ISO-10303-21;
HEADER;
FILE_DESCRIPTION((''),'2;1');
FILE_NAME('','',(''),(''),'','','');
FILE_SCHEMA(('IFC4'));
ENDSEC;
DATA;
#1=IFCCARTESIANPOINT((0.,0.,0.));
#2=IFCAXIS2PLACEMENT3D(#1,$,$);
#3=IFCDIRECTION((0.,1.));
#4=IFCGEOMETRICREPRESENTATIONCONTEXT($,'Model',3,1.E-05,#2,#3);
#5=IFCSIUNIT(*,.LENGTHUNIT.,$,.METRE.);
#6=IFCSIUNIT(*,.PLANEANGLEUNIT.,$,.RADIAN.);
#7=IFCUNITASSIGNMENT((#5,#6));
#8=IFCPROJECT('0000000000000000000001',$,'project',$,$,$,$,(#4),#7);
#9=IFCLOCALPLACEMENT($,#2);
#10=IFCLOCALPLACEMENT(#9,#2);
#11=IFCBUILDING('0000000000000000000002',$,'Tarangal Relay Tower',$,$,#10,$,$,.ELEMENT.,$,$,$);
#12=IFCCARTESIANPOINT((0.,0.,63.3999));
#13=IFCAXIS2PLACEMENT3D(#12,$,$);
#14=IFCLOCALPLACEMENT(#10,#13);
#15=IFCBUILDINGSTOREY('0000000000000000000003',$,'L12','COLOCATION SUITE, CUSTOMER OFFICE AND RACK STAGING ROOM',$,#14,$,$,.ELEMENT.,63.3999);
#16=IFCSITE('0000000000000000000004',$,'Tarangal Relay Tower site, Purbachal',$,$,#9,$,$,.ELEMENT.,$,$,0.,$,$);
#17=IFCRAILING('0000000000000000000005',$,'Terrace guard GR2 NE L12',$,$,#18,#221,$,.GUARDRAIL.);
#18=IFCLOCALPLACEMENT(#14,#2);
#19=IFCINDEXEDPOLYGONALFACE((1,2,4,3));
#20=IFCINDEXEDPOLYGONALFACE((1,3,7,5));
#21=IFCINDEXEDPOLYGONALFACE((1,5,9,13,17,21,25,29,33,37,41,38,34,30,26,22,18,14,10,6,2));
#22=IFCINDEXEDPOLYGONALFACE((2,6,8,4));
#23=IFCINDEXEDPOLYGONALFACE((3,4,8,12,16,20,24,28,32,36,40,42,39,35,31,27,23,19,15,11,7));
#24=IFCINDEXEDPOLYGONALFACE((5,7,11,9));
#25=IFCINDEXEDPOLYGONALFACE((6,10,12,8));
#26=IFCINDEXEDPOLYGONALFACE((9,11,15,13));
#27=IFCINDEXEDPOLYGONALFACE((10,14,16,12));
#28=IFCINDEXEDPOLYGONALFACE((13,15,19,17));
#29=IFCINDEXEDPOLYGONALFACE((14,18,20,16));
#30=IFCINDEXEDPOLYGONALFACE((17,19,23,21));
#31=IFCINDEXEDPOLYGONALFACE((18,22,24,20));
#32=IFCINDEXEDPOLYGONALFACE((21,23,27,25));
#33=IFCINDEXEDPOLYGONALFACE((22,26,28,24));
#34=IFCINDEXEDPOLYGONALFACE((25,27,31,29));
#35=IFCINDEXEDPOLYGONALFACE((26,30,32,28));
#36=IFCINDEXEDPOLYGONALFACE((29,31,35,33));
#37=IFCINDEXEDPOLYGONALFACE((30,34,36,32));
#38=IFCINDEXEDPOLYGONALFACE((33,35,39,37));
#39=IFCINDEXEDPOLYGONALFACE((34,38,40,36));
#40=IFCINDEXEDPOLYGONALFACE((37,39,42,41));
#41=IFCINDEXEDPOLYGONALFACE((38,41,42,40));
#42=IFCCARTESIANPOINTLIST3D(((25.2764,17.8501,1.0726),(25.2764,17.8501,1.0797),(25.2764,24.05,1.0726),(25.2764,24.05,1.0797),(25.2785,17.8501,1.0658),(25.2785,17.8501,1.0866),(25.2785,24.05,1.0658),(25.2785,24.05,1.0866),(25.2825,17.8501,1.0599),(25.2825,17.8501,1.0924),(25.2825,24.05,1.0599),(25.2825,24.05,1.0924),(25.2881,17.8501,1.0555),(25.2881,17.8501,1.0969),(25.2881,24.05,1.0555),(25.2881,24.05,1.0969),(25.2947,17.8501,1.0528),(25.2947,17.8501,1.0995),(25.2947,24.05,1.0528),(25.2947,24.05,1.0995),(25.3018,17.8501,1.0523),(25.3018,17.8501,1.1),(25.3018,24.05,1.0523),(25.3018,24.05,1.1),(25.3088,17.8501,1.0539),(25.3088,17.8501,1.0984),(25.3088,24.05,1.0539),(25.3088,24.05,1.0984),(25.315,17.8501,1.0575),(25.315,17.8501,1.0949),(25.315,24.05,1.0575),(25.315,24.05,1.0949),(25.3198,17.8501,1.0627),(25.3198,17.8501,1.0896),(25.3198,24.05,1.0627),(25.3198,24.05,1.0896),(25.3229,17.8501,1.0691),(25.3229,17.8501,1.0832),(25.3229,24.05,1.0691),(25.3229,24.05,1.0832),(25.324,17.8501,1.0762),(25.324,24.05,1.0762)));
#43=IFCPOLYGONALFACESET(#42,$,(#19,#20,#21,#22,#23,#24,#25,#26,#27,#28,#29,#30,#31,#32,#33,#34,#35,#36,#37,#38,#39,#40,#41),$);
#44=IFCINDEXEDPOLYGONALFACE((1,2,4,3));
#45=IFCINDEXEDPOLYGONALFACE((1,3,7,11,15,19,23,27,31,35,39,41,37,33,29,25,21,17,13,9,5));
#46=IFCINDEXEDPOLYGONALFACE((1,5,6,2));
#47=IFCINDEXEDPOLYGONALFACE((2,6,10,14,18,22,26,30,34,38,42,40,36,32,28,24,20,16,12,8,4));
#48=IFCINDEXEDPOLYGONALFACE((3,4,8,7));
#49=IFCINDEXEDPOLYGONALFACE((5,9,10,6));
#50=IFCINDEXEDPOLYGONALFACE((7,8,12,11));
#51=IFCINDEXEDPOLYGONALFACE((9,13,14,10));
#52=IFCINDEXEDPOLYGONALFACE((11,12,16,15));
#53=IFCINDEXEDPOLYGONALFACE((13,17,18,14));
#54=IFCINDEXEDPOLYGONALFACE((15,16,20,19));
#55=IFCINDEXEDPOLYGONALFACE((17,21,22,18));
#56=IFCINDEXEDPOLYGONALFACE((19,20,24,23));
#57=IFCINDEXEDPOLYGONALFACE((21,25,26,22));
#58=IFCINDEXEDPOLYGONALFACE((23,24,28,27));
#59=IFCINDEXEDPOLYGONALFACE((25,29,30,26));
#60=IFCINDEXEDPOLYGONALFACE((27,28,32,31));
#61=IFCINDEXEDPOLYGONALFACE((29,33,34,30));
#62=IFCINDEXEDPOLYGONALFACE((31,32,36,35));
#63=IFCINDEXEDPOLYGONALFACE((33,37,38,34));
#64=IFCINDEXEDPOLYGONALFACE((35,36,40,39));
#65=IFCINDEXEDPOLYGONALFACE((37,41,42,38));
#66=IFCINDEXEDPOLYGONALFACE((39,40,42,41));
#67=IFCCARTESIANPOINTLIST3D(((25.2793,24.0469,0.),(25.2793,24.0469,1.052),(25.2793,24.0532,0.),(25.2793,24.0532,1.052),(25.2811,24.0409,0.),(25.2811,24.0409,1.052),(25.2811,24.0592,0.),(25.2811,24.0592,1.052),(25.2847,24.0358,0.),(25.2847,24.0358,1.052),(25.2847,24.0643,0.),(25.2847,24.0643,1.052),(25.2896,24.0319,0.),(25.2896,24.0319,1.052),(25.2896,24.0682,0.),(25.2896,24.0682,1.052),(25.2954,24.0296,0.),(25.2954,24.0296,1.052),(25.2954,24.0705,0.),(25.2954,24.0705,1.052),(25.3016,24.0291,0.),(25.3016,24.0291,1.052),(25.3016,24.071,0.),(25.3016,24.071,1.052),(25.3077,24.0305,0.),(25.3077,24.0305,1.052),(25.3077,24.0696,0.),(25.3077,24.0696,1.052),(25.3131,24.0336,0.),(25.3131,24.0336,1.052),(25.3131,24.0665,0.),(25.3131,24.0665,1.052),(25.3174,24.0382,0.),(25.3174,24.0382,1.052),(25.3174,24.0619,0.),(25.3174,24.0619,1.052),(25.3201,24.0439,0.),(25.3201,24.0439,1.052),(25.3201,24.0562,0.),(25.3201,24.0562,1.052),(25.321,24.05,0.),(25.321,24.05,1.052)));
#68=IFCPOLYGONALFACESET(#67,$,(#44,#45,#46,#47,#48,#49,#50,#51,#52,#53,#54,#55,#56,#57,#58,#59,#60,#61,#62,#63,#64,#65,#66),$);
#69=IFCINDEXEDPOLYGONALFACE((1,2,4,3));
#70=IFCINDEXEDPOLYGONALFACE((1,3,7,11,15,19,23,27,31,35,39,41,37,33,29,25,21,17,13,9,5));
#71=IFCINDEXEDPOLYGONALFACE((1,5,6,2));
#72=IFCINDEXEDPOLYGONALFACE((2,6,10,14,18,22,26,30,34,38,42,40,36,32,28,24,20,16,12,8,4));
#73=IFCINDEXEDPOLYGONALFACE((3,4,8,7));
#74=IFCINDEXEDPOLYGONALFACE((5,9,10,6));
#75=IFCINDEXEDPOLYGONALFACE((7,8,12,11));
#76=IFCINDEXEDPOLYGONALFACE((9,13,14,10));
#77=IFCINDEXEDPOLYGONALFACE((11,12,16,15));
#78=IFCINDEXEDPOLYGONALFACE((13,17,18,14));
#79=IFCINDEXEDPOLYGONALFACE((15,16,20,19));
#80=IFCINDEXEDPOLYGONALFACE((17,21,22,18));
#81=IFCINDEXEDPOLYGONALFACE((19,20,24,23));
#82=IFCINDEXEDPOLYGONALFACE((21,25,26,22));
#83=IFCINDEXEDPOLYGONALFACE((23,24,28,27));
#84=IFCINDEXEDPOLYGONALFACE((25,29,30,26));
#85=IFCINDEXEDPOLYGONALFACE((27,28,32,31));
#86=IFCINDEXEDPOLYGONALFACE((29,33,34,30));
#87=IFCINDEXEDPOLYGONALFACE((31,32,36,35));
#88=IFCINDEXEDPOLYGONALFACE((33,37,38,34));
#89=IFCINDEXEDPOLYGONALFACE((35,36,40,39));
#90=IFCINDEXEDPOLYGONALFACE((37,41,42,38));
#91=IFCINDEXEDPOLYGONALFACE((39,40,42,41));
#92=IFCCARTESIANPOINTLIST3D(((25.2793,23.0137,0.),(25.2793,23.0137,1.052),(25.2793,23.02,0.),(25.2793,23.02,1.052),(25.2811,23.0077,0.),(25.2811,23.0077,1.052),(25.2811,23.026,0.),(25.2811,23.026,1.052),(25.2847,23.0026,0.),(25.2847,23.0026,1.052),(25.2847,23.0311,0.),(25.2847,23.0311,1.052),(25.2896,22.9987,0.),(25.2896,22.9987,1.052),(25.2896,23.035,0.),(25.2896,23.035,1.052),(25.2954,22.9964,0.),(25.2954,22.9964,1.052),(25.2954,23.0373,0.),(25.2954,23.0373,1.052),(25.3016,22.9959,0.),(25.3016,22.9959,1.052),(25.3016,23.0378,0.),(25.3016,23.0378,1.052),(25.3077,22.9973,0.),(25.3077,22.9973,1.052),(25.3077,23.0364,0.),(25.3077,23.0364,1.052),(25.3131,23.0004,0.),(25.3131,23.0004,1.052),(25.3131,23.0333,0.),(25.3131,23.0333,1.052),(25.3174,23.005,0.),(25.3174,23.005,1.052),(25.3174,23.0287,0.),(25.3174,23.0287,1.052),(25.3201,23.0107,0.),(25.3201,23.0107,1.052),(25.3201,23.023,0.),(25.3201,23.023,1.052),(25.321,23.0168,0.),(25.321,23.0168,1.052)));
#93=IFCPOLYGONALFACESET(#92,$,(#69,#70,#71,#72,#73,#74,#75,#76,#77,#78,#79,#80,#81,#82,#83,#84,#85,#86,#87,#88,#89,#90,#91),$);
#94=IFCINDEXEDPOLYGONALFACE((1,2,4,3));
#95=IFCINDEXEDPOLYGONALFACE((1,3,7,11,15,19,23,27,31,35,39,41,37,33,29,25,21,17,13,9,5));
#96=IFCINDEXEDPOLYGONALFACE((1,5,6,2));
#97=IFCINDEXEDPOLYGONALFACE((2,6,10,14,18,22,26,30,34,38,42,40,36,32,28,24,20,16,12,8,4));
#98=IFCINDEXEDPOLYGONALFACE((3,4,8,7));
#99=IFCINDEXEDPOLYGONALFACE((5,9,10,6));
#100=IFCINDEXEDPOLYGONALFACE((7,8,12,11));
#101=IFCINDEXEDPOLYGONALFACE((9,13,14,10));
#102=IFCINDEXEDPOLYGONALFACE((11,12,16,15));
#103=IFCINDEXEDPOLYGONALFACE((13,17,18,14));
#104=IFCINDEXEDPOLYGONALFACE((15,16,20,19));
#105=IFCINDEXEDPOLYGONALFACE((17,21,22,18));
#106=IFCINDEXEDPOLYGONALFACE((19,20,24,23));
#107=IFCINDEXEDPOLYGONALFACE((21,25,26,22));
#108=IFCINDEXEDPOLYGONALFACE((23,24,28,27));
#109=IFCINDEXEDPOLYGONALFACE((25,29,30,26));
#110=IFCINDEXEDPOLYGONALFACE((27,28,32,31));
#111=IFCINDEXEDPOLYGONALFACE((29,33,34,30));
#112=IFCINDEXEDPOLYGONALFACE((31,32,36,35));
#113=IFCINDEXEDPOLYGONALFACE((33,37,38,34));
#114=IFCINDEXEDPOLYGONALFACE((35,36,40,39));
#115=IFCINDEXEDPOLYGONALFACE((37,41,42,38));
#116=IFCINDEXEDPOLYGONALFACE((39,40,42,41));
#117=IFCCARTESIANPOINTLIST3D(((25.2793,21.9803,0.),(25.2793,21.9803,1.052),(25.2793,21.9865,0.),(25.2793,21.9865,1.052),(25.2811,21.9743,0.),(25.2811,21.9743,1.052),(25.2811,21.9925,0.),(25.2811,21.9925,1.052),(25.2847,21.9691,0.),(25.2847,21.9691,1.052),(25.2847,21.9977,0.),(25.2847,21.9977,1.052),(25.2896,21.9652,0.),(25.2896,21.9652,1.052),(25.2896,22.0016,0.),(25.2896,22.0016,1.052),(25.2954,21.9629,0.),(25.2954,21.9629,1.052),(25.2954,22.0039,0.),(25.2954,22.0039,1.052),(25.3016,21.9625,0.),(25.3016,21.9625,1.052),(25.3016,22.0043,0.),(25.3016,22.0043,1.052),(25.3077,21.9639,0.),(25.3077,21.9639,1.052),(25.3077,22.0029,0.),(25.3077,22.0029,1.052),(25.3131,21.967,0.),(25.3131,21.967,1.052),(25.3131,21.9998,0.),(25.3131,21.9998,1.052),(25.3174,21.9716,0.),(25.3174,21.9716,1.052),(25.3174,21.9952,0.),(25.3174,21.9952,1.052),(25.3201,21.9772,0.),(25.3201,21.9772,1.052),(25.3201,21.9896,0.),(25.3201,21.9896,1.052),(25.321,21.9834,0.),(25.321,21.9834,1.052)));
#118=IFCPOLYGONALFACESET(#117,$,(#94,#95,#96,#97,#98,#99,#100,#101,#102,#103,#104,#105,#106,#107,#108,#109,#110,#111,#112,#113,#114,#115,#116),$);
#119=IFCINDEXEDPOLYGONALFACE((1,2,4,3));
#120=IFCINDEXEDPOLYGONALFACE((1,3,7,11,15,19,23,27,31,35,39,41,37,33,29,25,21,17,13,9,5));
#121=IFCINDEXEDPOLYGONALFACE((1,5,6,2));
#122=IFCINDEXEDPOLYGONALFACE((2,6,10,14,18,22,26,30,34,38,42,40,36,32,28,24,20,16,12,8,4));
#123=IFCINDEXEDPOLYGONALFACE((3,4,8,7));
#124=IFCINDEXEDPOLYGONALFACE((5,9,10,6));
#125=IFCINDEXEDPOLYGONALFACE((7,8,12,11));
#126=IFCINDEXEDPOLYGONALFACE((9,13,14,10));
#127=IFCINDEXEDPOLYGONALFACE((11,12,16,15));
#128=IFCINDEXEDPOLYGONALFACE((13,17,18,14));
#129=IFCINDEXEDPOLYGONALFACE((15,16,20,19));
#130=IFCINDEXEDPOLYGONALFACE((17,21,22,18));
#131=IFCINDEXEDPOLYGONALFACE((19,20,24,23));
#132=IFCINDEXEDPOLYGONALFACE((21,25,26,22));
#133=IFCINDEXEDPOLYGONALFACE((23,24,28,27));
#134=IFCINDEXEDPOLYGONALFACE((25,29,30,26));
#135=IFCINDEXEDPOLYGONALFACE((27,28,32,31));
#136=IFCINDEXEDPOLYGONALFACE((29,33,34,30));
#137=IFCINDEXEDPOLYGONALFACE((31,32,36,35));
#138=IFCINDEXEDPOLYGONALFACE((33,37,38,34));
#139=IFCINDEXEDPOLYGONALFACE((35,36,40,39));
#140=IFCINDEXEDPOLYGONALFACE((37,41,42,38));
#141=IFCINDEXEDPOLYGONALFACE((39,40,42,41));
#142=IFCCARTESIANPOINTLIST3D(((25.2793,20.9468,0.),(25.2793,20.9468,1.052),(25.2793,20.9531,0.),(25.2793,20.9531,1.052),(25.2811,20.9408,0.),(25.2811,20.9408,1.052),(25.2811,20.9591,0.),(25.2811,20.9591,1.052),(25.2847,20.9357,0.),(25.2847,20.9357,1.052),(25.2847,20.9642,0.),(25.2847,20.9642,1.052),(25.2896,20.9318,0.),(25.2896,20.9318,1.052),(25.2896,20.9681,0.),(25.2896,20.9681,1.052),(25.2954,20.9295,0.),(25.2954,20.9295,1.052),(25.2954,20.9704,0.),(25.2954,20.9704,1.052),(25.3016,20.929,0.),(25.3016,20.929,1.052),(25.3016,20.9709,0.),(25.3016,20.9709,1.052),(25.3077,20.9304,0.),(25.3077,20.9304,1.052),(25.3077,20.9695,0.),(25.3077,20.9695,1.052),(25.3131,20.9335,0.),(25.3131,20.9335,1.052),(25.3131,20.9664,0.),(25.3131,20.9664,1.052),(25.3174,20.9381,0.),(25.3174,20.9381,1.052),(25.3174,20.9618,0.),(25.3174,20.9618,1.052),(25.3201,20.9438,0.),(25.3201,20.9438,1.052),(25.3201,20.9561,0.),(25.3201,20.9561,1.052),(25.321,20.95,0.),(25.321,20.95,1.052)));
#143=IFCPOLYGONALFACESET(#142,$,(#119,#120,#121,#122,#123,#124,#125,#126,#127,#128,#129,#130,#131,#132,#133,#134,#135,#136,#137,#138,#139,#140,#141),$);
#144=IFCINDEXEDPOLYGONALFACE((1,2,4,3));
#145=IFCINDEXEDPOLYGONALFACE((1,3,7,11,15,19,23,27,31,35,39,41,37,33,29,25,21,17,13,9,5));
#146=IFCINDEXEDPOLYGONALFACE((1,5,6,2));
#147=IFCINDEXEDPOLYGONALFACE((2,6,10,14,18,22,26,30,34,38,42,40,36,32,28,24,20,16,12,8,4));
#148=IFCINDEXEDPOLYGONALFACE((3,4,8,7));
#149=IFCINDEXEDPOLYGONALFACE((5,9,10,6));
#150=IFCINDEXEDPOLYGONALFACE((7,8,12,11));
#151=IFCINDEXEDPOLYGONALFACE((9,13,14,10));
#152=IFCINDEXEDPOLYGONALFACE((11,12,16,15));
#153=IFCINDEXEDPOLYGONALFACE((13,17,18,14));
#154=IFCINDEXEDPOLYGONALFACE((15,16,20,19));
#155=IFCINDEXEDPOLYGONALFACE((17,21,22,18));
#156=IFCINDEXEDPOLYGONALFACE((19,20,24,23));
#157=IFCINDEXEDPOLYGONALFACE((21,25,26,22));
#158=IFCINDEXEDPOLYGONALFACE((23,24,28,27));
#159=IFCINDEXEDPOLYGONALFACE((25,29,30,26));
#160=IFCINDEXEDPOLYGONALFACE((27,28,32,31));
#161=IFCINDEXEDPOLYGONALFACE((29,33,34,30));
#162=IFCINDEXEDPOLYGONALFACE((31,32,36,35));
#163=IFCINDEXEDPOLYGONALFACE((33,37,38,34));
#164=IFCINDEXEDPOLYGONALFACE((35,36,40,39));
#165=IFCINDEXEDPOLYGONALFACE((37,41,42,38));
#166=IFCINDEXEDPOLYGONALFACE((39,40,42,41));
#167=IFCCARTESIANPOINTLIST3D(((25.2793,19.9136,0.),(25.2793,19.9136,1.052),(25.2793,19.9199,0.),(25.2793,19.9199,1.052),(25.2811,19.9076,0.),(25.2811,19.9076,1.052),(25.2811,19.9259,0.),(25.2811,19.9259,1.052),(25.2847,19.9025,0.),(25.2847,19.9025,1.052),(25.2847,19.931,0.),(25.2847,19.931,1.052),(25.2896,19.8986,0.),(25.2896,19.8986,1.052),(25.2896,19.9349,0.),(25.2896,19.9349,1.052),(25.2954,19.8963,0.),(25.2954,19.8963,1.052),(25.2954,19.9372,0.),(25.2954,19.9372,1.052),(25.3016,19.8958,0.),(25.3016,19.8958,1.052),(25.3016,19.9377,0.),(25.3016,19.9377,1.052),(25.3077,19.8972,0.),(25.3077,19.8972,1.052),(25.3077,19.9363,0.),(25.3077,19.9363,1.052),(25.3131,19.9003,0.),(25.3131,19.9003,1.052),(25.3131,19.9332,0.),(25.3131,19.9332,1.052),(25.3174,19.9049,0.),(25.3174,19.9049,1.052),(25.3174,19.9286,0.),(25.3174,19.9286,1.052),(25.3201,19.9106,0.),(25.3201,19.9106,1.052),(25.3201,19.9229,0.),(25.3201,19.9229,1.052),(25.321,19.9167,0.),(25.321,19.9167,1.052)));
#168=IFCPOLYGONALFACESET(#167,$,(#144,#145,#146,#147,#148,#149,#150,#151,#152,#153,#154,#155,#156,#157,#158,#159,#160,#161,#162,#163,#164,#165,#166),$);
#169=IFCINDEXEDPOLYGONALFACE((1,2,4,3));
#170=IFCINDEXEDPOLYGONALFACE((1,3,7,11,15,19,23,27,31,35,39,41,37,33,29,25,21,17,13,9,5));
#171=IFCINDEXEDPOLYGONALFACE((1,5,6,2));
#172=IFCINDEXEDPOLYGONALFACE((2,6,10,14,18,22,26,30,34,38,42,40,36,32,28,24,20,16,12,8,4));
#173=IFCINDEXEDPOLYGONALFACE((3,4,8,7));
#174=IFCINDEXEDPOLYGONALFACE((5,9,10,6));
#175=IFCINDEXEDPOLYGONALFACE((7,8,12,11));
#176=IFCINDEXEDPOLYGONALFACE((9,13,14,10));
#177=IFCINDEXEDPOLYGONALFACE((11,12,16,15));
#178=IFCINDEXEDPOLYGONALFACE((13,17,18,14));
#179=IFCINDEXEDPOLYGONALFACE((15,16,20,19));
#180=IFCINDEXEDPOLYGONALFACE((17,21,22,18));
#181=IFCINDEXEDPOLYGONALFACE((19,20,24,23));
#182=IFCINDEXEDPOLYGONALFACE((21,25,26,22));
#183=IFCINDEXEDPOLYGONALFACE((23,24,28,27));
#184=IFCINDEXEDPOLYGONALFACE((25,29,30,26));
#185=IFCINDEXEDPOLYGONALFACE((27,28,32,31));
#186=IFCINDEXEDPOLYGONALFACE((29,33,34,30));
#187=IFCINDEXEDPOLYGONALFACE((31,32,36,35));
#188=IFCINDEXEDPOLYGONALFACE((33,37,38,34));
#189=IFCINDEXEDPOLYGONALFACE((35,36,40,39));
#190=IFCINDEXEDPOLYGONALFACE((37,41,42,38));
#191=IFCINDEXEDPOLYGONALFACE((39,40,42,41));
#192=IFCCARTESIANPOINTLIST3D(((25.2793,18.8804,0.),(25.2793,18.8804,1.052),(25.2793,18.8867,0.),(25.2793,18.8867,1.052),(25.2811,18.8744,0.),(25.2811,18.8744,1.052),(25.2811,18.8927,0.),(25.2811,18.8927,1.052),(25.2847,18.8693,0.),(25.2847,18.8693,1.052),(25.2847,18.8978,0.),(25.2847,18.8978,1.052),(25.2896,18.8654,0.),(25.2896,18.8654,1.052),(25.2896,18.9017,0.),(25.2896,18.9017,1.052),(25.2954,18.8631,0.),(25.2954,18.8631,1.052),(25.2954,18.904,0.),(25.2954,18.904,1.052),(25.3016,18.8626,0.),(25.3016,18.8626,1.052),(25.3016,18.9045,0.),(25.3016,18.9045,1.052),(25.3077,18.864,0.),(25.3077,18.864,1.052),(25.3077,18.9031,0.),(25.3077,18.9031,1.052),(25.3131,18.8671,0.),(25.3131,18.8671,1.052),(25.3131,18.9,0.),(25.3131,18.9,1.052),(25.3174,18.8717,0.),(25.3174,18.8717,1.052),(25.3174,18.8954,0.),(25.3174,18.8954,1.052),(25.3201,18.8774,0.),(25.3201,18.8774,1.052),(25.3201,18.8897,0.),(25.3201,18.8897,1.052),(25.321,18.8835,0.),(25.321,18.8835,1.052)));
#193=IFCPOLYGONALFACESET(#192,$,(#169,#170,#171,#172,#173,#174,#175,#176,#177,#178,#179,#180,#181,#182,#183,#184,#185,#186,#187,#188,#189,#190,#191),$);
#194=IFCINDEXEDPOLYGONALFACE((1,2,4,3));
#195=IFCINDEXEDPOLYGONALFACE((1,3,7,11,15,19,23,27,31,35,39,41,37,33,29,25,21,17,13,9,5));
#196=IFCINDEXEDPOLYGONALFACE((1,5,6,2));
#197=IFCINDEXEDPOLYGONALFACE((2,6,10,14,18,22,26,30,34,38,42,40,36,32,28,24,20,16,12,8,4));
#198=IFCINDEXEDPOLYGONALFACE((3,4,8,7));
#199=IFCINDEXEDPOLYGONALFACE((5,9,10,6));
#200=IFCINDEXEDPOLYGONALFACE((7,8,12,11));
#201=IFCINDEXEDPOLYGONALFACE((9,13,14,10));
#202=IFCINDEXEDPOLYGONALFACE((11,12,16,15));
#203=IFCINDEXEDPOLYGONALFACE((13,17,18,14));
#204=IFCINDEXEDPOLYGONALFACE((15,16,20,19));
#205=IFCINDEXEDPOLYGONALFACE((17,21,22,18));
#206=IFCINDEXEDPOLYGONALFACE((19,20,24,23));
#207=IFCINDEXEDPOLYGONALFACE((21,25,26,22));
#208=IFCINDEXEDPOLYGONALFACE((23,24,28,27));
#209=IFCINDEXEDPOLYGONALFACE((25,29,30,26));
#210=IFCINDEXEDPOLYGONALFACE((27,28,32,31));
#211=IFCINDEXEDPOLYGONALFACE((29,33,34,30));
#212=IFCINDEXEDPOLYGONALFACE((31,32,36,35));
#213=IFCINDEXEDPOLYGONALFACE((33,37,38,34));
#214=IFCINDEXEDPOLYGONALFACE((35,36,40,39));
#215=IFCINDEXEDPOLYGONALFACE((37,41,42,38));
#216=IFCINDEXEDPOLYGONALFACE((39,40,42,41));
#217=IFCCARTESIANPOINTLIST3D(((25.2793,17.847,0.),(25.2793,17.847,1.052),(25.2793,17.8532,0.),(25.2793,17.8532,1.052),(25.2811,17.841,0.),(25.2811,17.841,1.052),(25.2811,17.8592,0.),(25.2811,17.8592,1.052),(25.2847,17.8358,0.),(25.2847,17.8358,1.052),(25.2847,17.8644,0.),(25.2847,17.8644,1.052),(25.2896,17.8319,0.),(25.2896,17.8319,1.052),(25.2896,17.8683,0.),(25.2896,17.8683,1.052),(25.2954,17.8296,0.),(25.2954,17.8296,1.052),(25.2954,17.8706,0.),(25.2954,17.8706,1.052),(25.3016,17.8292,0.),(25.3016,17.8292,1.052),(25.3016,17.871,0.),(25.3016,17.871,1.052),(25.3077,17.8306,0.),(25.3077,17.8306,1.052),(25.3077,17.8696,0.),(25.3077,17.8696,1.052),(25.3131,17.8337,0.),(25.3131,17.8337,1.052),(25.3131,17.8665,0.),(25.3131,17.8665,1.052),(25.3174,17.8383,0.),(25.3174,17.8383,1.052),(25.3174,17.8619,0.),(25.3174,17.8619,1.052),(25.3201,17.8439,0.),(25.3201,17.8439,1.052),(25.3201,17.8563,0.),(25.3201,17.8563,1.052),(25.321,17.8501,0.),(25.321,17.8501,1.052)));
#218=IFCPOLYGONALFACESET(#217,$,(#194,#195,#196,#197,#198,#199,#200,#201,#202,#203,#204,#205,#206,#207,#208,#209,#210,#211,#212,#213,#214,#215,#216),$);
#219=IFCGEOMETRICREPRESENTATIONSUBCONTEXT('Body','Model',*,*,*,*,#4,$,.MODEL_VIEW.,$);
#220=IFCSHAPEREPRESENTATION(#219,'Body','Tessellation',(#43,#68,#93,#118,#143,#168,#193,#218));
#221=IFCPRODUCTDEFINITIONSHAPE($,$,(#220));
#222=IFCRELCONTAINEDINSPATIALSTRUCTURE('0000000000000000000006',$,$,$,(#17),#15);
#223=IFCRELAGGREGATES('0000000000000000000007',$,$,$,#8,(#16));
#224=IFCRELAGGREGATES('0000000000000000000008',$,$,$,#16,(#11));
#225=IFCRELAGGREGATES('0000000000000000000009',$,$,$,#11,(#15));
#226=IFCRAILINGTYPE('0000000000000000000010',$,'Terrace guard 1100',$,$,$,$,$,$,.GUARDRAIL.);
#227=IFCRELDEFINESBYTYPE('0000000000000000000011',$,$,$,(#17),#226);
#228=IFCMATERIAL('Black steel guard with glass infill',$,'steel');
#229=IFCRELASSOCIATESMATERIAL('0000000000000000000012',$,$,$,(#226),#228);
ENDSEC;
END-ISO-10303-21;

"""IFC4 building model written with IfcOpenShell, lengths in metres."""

from ifc_helpers import new_model, si_unit, direction, frame, origin, origin_2d, place, context, subcontext, project, spatial, circle, extrude, material, type_object, element, save


model = new_model("IFC4")

# Units and contexts
model_context = context("Model", 3, precision=1e-05, world=origin(), true_north=direction((0.0, 1.0)))
body_context = subcontext(model_context, "Body", "Model", "MODEL_VIEW")
ifc_project = project(units=[si_unit("LENGTHUNIT", "METRE"), si_unit("PLANEANGLEUNIT", "RADIAN")], contexts=[model_context])

# Site, building, storey
site_placement = place(None, origin())
site = spatial("IfcSite", under=ifc_project, at=site_placement, Name="Tarangal Relay Tower site, Purbachal", CompositionType="ELEMENT", RefElevation=0.0)
building_placement = place(site_placement, origin())
building = spatial("IfcBuilding", under=site, at=building_placement, Name="Tarangal Relay Tower", CompositionType="ELEMENT")
storey_placement = place(building_placement, frame((0.0, 0.0, 63.3999)))
storey = spatial("IfcBuildingStorey", under=building, at=storey_placement, Name="L12", Description="COLOCATION SUITE, CUSTOMER OFFICE AND RACK STAGING ROOM", CompositionType="ELEMENT", Elevation=63.3999)

# Railing
ifc_material_1 = material(Name="Black steel guard with glass infill", Category="steel")
railing_type_1 = type_object("IfcRailingType", Name="Terrace guard 1100", PredefinedType="GUARDRAIL", material=ifc_material_1)
railing_1_placement = place(storey_placement, frame((25.3, 24.05, 0.0)))
element("IfcRailing", 1, at=railing_1_placement, inside=storey, type_object=railing_type_1, Name="Terrace guard GR2 NE L12", PredefinedType="GUARDRAIL", context=body_context, shape_type="SweptSolid", body=[
    extrude(circle(Radius=0.0239, at=origin_2d()), frame((0.0, 0.0, 1.0762), z_axis=(0.0, -1.0, 0.0), x_axis=(1.0, 0.0, 0.0)), (0.0, 0.0, 1.0), 6.2),
    extrude(circle(Radius=0.021, at=origin_2d()), origin(), (0.0, 0.0, 1.0), 1.052),
    extrude(circle(Radius=0.021, at=origin_2d()), frame((0.0, -1.0332, 0.0)), (0.0, 0.0, 1.0), 1.052),
    extrude(circle(Radius=0.021, at=origin_2d()), frame((0.0, -2.0667, 0.0)), (0.0, 0.0, 1.0), 1.052),
    extrude(circle(Radius=0.021, at=origin_2d()), frame((0.0, -3.1001, 0.0)), (0.0, 0.0, 1.0), 1.052),
    extrude(circle(Radius=0.021, at=origin_2d()), frame((0.0, -4.1333, 0.0)), (0.0, 0.0, 1.0), 1.052),
    extrude(circle(Radius=0.021, at=origin_2d()), frame((0.0, -5.1665, 0.0)), (0.0, 0.0, 1.0), 1.052),
    extrude(circle(Radius=0.021, at=origin_2d()), frame((0.0, -6.2, 0.0)), (0.0, 0.0, 1.0), 1.052),
])

save(model, "model.ifc")
